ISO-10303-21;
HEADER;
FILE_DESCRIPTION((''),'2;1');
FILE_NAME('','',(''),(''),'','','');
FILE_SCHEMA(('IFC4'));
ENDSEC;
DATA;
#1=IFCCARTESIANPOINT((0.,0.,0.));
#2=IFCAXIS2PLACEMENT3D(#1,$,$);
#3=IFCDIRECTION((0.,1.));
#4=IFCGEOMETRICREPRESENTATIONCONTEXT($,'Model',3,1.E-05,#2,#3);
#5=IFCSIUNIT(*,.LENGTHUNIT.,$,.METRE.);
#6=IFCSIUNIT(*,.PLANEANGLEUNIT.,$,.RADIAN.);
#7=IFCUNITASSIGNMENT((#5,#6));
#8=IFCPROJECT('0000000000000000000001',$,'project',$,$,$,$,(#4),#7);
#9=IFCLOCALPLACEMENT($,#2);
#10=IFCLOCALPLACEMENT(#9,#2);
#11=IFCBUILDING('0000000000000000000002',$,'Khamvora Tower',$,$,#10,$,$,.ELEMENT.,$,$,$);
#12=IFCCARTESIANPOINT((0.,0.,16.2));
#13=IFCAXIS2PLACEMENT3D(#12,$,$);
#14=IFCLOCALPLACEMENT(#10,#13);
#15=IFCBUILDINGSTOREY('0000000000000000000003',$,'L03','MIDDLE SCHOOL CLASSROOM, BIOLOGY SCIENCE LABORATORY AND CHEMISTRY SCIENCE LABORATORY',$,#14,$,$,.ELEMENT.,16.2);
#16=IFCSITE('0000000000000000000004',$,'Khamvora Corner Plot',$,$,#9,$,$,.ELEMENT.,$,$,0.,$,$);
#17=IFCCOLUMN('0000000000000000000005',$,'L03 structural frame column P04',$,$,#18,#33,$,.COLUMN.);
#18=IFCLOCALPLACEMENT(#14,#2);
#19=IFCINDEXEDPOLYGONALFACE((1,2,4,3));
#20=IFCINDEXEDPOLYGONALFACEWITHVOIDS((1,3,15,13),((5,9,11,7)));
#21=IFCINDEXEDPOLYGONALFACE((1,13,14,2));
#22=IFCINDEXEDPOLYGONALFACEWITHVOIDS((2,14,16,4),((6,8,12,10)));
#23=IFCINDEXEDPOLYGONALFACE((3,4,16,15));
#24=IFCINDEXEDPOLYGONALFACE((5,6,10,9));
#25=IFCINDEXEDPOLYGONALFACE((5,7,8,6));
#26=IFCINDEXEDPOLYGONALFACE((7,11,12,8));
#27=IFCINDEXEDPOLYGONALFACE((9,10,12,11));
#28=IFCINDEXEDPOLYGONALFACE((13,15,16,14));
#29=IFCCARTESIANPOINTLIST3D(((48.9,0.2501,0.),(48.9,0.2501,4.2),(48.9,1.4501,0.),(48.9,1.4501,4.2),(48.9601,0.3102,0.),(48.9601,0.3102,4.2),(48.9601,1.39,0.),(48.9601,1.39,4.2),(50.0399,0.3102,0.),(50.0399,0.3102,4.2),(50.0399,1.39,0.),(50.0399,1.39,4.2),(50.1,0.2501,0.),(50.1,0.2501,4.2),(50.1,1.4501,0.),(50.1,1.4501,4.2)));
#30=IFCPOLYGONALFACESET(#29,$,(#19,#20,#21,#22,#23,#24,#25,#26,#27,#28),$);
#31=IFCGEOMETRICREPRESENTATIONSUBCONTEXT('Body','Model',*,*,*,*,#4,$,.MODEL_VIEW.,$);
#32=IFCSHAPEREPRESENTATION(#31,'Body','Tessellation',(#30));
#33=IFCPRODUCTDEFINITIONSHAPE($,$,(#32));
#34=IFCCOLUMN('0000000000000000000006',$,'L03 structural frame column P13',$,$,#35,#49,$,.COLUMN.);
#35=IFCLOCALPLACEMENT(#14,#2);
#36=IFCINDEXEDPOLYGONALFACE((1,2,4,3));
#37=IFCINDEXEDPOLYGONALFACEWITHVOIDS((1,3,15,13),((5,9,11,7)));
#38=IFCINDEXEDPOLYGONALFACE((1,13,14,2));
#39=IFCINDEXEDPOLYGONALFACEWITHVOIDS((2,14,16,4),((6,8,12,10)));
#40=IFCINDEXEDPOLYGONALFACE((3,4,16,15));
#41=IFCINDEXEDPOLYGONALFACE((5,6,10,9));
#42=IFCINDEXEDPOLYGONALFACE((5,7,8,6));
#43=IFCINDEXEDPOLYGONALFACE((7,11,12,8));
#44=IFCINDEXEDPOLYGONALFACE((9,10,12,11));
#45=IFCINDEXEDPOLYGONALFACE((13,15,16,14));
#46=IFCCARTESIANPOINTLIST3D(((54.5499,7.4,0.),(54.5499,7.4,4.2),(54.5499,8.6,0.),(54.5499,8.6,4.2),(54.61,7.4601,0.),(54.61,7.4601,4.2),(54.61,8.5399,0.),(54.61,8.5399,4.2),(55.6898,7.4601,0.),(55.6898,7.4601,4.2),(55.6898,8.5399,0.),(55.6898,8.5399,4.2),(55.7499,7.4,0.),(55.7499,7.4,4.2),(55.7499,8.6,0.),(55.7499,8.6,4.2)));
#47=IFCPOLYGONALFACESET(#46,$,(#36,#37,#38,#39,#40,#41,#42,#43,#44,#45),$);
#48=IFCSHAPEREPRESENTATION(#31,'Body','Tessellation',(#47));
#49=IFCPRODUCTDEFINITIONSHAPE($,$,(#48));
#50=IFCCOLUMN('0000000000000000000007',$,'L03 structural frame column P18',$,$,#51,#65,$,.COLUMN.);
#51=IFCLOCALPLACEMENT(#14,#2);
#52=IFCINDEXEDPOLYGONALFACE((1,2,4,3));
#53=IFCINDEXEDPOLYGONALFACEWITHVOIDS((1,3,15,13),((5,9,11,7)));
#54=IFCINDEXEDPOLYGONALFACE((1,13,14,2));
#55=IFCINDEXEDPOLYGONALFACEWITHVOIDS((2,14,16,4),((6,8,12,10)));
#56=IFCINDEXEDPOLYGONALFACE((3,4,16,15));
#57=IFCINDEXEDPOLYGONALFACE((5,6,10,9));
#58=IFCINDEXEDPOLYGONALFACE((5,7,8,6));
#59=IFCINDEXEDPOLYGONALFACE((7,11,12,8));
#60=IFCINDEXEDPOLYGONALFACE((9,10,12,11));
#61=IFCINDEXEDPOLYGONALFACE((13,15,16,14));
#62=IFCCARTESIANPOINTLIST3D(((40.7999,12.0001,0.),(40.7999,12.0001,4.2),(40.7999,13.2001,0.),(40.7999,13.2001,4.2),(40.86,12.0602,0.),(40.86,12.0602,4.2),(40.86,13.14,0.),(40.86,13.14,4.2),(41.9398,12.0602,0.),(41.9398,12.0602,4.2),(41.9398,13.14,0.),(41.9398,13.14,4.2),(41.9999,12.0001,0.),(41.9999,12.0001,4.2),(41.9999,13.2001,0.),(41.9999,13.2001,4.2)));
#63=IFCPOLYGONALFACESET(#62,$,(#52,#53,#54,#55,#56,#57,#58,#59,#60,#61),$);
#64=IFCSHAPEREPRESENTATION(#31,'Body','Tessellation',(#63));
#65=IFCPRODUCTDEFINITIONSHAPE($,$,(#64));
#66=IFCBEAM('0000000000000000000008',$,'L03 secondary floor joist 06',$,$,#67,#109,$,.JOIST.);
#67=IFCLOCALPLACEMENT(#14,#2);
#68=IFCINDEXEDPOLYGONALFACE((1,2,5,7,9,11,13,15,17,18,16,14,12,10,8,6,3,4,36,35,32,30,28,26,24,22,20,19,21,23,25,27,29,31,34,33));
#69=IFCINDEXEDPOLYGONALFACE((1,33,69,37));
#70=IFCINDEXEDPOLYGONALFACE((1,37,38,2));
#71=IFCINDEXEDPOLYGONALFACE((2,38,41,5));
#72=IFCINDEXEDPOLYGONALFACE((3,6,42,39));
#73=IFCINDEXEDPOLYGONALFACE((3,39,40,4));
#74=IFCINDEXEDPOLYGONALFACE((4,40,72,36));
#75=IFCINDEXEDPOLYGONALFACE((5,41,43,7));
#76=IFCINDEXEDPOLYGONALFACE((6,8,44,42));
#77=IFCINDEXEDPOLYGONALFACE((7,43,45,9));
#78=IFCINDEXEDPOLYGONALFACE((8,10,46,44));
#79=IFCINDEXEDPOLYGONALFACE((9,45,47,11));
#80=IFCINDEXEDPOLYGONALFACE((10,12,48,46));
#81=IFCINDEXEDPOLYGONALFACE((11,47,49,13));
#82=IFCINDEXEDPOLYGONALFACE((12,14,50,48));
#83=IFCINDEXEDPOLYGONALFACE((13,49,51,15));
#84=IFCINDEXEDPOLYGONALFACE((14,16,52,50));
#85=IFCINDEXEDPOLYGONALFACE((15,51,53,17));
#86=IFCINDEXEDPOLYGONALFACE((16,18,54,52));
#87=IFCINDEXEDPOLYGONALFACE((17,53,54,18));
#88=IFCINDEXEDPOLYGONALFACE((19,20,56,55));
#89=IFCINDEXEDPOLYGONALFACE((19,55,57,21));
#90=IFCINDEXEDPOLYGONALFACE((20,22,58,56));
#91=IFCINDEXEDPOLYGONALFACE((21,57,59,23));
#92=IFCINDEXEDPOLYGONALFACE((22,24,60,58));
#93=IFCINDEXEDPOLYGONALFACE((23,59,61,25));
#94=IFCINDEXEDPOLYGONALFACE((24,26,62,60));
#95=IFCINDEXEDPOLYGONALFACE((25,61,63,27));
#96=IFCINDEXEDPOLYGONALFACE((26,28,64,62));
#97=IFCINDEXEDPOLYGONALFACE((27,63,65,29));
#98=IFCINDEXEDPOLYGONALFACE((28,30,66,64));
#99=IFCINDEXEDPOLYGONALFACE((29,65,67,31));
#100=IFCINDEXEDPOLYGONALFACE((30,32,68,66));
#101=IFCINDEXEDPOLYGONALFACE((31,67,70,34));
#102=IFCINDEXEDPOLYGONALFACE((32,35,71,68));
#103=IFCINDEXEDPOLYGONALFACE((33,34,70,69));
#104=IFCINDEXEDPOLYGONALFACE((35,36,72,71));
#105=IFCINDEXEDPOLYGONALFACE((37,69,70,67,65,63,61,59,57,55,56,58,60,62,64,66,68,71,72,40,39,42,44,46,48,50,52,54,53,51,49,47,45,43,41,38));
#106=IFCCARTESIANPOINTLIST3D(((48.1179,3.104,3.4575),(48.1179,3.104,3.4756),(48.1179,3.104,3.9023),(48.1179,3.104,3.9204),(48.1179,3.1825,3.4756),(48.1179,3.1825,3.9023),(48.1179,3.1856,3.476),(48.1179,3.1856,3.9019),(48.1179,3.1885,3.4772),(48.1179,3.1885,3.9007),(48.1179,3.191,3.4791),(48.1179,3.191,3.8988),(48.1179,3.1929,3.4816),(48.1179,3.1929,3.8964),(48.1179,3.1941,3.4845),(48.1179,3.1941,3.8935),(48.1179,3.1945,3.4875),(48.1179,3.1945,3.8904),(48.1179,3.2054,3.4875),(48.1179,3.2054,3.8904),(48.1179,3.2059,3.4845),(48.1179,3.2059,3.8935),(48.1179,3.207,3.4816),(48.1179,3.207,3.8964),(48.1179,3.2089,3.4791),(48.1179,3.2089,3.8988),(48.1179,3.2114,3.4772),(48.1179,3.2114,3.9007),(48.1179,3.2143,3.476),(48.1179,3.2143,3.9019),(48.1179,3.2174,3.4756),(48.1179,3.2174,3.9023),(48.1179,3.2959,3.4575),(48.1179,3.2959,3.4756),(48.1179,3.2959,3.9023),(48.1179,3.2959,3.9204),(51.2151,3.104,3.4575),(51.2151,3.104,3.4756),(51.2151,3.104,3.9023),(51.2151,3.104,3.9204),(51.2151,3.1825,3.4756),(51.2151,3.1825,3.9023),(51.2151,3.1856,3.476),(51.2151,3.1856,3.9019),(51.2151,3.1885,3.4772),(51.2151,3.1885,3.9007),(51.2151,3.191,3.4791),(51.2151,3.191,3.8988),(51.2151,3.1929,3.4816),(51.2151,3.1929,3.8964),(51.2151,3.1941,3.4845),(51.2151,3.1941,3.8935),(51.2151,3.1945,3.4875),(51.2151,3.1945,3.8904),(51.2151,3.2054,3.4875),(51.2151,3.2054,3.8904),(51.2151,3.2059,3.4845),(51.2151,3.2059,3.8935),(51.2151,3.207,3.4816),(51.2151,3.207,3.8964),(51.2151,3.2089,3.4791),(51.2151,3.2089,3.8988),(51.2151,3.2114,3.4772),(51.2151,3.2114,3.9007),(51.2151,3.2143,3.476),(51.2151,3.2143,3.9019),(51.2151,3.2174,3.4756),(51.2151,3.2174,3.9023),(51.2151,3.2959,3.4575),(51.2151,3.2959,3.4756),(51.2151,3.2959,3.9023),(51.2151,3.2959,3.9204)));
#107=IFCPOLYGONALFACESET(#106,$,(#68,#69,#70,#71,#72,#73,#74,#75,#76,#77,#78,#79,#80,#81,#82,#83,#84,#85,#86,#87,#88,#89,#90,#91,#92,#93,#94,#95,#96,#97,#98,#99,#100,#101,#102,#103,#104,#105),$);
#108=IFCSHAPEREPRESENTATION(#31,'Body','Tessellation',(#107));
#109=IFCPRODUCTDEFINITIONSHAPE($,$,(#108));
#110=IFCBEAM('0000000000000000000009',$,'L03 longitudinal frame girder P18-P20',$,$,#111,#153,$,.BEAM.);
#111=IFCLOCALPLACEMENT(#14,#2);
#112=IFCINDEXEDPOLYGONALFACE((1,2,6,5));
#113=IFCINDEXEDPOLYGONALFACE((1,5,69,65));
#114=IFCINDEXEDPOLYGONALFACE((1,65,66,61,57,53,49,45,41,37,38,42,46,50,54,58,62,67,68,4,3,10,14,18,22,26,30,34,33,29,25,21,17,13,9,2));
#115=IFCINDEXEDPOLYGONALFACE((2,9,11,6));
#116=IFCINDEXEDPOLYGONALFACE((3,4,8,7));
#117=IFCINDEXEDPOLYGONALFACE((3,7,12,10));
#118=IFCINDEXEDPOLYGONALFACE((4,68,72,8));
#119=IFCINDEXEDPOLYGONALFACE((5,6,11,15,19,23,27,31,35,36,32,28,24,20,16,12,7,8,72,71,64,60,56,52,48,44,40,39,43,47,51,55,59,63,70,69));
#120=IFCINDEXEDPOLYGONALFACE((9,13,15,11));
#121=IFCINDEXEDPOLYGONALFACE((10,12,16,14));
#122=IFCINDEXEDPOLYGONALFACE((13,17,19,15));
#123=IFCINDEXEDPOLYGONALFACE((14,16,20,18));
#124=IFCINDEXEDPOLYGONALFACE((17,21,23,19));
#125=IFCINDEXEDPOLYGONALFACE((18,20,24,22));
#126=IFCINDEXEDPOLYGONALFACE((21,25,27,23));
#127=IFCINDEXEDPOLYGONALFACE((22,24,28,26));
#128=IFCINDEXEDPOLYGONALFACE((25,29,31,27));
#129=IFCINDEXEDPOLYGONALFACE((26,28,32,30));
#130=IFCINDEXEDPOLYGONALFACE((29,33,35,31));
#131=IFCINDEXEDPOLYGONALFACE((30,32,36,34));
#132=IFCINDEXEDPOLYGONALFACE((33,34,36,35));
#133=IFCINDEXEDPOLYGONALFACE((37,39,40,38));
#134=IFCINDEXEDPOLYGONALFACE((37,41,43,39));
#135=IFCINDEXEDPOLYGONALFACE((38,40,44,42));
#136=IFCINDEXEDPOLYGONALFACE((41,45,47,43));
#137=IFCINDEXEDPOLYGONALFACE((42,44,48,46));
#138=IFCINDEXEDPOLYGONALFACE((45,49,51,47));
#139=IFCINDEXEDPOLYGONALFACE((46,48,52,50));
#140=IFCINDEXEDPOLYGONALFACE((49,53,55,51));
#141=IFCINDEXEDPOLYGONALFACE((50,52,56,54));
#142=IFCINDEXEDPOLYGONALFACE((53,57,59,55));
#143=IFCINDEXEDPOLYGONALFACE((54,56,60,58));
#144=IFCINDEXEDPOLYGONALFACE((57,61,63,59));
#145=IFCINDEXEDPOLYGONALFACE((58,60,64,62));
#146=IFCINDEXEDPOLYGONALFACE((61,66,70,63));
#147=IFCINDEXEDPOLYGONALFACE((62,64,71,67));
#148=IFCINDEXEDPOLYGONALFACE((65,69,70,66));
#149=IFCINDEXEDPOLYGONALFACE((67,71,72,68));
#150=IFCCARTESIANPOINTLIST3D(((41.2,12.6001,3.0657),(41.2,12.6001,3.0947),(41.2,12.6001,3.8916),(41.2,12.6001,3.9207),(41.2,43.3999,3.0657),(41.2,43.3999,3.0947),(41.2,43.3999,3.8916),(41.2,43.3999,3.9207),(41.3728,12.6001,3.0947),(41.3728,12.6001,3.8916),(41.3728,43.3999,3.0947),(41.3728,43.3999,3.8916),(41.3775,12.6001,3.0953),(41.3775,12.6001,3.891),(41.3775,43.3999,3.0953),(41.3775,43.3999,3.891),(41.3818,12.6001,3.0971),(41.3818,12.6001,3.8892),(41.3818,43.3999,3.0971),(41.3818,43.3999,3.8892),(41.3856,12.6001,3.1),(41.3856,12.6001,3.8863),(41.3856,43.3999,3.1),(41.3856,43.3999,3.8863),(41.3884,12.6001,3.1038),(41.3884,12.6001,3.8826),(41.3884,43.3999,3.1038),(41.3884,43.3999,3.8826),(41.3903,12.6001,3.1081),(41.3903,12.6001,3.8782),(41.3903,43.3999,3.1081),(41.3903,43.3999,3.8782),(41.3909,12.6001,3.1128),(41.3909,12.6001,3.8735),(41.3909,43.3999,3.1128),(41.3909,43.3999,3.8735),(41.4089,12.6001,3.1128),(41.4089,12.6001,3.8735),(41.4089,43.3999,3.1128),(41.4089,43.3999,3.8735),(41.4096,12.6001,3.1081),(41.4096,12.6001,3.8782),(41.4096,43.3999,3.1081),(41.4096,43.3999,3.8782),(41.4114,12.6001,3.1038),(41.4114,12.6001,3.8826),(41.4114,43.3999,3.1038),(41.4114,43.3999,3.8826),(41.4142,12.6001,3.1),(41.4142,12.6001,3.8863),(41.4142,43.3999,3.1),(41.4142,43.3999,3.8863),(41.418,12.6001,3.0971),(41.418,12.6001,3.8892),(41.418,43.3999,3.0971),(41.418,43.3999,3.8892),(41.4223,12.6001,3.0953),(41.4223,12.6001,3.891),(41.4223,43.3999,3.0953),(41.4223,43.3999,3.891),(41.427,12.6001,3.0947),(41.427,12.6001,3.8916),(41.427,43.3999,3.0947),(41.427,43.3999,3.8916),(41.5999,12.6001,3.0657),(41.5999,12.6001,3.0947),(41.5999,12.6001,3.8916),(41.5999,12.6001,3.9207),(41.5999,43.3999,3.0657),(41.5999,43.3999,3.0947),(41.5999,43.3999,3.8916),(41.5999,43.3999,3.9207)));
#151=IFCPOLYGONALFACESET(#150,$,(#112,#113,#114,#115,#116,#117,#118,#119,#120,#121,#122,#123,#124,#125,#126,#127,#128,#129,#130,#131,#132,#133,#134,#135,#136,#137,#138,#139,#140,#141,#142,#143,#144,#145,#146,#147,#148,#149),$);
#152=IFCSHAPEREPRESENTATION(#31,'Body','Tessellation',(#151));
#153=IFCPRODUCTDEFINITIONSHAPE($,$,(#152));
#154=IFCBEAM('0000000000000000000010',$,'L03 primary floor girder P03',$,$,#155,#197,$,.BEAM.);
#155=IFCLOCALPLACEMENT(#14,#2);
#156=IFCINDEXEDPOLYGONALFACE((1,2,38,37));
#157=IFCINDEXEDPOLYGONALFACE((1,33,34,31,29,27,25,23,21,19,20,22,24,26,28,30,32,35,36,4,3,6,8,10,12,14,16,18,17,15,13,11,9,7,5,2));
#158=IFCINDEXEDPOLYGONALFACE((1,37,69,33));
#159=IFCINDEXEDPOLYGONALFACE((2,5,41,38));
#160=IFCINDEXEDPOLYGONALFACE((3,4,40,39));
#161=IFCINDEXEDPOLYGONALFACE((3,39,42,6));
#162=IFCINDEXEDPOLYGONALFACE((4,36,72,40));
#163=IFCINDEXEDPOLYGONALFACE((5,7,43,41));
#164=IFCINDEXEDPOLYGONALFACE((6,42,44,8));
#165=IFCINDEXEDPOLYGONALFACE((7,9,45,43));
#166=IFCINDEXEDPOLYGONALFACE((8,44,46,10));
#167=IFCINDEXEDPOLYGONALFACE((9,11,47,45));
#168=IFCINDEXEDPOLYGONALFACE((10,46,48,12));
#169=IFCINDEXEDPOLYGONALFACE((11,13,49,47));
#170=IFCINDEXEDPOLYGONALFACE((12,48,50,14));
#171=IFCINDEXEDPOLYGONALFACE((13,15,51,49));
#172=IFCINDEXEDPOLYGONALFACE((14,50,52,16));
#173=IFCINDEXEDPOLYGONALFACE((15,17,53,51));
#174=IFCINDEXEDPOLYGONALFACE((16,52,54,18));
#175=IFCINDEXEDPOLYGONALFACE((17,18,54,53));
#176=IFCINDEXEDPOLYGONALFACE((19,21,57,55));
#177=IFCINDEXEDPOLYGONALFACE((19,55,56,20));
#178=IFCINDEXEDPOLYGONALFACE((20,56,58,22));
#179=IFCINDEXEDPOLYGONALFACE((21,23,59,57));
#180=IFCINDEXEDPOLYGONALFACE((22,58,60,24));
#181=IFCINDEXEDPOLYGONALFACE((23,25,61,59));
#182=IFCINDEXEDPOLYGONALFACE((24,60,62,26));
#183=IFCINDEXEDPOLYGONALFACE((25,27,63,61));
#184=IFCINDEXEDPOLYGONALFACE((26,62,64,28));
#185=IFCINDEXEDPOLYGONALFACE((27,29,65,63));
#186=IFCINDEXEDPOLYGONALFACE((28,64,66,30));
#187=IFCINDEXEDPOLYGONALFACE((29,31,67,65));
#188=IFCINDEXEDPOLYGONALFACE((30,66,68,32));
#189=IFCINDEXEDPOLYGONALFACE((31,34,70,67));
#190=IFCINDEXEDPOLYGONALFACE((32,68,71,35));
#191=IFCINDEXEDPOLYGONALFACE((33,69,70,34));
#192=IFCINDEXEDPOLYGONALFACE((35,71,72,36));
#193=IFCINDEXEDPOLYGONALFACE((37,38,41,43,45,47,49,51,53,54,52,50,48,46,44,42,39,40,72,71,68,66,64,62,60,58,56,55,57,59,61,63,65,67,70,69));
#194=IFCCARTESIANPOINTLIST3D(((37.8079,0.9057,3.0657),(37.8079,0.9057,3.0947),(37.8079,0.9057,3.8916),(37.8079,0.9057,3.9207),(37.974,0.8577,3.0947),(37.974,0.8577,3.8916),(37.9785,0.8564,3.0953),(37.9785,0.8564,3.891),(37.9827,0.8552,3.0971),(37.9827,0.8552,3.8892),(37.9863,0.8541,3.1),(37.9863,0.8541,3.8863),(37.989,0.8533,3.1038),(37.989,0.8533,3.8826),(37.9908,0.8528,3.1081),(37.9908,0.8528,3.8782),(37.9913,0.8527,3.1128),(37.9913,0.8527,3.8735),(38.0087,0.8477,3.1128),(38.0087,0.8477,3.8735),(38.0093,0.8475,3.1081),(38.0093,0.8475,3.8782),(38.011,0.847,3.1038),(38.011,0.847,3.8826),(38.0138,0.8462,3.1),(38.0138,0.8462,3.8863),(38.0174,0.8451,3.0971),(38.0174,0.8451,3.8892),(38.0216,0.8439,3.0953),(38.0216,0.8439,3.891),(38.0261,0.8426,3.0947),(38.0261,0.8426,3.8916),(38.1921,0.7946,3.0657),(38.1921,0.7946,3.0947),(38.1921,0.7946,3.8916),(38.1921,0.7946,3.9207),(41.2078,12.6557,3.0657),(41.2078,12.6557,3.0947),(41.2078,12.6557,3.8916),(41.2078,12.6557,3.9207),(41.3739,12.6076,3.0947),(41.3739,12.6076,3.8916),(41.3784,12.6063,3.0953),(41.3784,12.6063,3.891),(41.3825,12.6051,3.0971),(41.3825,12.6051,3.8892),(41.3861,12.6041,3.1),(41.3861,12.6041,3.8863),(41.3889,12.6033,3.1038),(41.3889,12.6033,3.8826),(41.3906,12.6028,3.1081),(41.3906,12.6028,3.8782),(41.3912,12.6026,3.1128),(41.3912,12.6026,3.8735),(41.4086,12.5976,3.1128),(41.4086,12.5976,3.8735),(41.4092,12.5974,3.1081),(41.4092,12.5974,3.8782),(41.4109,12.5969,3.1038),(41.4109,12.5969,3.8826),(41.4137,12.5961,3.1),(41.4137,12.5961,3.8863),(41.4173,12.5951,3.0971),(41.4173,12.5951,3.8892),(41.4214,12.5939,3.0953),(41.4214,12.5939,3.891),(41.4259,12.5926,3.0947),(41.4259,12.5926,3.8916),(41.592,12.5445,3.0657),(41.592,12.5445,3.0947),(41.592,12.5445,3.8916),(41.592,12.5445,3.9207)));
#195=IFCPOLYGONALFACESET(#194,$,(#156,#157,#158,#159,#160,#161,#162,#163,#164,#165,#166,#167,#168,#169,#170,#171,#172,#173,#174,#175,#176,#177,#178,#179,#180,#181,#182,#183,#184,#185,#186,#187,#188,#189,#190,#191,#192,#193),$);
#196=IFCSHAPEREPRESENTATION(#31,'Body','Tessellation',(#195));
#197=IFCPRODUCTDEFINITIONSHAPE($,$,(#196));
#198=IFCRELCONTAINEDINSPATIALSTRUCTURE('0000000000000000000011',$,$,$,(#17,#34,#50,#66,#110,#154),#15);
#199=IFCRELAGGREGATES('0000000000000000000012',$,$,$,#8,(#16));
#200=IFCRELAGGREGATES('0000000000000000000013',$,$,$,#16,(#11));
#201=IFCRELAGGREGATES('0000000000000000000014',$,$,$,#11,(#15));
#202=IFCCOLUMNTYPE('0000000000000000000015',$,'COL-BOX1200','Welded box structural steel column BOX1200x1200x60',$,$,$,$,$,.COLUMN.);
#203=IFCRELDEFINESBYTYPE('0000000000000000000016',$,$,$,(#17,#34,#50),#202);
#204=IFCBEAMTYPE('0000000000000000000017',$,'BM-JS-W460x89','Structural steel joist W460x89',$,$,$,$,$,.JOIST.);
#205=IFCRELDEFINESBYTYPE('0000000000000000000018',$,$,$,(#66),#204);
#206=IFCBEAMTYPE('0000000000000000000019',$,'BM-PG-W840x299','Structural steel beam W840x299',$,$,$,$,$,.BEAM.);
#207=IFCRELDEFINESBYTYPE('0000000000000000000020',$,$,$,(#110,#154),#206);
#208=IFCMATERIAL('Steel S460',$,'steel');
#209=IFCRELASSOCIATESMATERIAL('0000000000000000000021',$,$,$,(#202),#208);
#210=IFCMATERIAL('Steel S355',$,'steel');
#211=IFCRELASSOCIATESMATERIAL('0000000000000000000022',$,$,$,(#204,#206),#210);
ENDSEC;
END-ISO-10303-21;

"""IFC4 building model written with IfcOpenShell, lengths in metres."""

from ifc_helpers import new_model, si_unit, direction, frame, origin, origin_2d, place, context, subcontext, project, spatial, hollow_rectangle, i_section, extrude, material, material_profile, profile_set, type_object, element, save


model = new_model("IFC4")

# Units and contexts
model_context = context("Model", 3, precision=1e-05, world=origin(), true_north=direction((0.0, 1.0)))
body_context = subcontext(model_context, "Body", "Model", "MODEL_VIEW")
ifc_project = project(units=[si_unit("LENGTHUNIT", "METRE"), si_unit("PLANEANGLEUNIT", "RADIAN")], contexts=[model_context])

# Site, building, storey
site_placement = place(None, origin())
site = spatial("IfcSite", under=ifc_project, at=site_placement, Name="Khamvora Corner Plot", CompositionType="ELEMENT", RefElevation=0.0)
building_placement = place(site_placement, origin())
building = spatial("IfcBuilding", under=site, at=building_placement, Name="Khamvora Tower", CompositionType="ELEMENT")
storey_placement = place(building_placement, frame((0.0, 0.0, 16.2)))
storey = spatial("IfcBuildingStorey", under=building, at=storey_placement, Name="L03", Description="MIDDLE SCHOOL CLASSROOM, BIOLOGY SCIENCE LABORATORY AND CHEMISTRY SCIENCE LABORATORY", CompositionType="ELEMENT", Elevation=16.2)

# Columns
ifc_material_1 = material(Name="Steel S460", Category="steel")
ifc_material_profile_1 = material_profile(ifc_material_1, hollow_rectangle(XDim=1.2, YDim=1.2, WallThickness=0.0601, at=origin_2d()), Name="BOX1200x1200x60")
ifc_profile_set_1 = profile_set([ifc_material_profile_1], Name="Steel S460")
column_type = type_object("IfcColumnType", Name="COL-BOX1200", Description="Welded box structural steel column BOX1200x1200x60", PredefinedType="COLUMN", material=ifc_profile_set_1)
for number, where, z_axis, x_axis, name in (
    (1, (49.5, 0.8501, 0.0), (0.0, 0.0, 1.0), (1.0, 0.0, 0.0), "L03 structural frame column P04"),
    (2, (55.1499, 8.0, 0.0), (0.0, 0.0, 1.0), (1.0, 0.0, 0.0), "L03 structural frame column P13"),
    (3, (41.3999, 12.6001, 0.0), (0.0, 0.0, 1.0), (1.0, 0.0, 0.0), "L03 structural frame column P18"),
):
    element("IfcColumn", number, at=place(storey_placement, frame(where, z_axis=z_axis, x_axis=x_axis)), inside=storey, type_object=column_type, Name=name, PredefinedType="COLUMN", context=body_context, shape_type="SweptSolid", body=[
        extrude(hollow_rectangle(XDim=1.2, YDim=1.2, WallThickness=0.0601, at=origin_2d()), origin(), (0.0, 0.0, 1.0), 4.2),
    ])

# Beams
ifc_material_2 = material(Name="Steel S355", Category="steel")
ifc_material_profile_2 = material_profile(ifc_material_2, i_section(OverallWidth=0.1919, OverallDepth=0.4629, WebThickness=0.011, FlangeThickness=0.0181, FilletRadius=0.012, at=origin_2d()), Name="W460x89")
ifc_profile_set_2 = profile_set([ifc_material_profile_2], Name="Steel S355")
beam_type_1 = type_object("IfcBeamType", Name="BM-JS-W460x89", Description="Structural steel joist W460x89", PredefinedType="JOIST", material=ifc_profile_set_2)
beam_1_placement = place(storey_placement, frame((48.1179, 3.2, 3.689), z_axis=(1.0, 0.0, 0.0), x_axis=(0.0, 1.0, 0.0)))
element("IfcBeam", 4, at=beam_1_placement, inside=storey, type_object=beam_type_1, Name="L03 secondary floor joist 06", PredefinedType="JOIST", context=body_context, shape_type="SweptSolid", body=[
    extrude(i_section(OverallWidth=0.1919, OverallDepth=0.4629, WebThickness=0.011, FlangeThickness=0.0181, FilletRadius=0.012, at=origin_2d()), origin(), (0.0, 0.0, 1.0), 3.0972),
])
ifc_material_profile_3 = material_profile(ifc_material_2, i_section(OverallWidth=0.3999, OverallDepth=0.855, WebThickness=0.0181, FlangeThickness=0.0291, FilletRadius=0.0181, at=origin_2d()), Name="W840x299")
ifc_profile_set_3 = profile_set([ifc_material_profile_3], Name="Steel S355")
beam_type_2 = type_object("IfcBeamType", Name="BM-PG-W840x299", Description="Structural steel beam W840x299", PredefinedType="BEAM", material=ifc_profile_set_3)
beam_2_placement = place(storey_placement, frame((41.3999, 12.6001, 3.4932), z_axis=(0.0, 1.0, 0.0), x_axis=(-1.0, 0.0, 0.0)))
element("IfcBeam", 5, at=beam_2_placement, inside=storey, type_object=beam_type_2, Name="L03 longitudinal frame girder P18-P20", PredefinedType="BEAM", context=body_context, shape_type="SweptSolid", body=[
    extrude(i_section(OverallWidth=0.3999, OverallDepth=0.855, WebThickness=0.0181, FlangeThickness=0.0291, FilletRadius=0.0181, at=origin_2d()), origin(), (0.0, 0.0, 1.0), 30.7998),
])
beam_3_placement = place(storey_placement, frame((41.3999, 12.6001, 3.4932), z_axis=(-0.277951, -0.960595, 0.0), x_axis=(0.960595, -0.277951, 0.0)))
element("IfcBeam", 6, at=beam_3_placement, inside=storey, type_object=beam_type_2, Name="L03 primary floor girder P03", PredefinedType="BEAM", context=body_context, shape_type="SweptSolid", body=[
    extrude(i_section(OverallWidth=0.3999, OverallDepth=0.855, WebThickness=0.0181, FlangeThickness=0.0291, FilletRadius=0.0181, at=origin_2d()), origin(), (0.0, 0.0, 1.0), 12.2319),
])

save(model, "model.ifc")
